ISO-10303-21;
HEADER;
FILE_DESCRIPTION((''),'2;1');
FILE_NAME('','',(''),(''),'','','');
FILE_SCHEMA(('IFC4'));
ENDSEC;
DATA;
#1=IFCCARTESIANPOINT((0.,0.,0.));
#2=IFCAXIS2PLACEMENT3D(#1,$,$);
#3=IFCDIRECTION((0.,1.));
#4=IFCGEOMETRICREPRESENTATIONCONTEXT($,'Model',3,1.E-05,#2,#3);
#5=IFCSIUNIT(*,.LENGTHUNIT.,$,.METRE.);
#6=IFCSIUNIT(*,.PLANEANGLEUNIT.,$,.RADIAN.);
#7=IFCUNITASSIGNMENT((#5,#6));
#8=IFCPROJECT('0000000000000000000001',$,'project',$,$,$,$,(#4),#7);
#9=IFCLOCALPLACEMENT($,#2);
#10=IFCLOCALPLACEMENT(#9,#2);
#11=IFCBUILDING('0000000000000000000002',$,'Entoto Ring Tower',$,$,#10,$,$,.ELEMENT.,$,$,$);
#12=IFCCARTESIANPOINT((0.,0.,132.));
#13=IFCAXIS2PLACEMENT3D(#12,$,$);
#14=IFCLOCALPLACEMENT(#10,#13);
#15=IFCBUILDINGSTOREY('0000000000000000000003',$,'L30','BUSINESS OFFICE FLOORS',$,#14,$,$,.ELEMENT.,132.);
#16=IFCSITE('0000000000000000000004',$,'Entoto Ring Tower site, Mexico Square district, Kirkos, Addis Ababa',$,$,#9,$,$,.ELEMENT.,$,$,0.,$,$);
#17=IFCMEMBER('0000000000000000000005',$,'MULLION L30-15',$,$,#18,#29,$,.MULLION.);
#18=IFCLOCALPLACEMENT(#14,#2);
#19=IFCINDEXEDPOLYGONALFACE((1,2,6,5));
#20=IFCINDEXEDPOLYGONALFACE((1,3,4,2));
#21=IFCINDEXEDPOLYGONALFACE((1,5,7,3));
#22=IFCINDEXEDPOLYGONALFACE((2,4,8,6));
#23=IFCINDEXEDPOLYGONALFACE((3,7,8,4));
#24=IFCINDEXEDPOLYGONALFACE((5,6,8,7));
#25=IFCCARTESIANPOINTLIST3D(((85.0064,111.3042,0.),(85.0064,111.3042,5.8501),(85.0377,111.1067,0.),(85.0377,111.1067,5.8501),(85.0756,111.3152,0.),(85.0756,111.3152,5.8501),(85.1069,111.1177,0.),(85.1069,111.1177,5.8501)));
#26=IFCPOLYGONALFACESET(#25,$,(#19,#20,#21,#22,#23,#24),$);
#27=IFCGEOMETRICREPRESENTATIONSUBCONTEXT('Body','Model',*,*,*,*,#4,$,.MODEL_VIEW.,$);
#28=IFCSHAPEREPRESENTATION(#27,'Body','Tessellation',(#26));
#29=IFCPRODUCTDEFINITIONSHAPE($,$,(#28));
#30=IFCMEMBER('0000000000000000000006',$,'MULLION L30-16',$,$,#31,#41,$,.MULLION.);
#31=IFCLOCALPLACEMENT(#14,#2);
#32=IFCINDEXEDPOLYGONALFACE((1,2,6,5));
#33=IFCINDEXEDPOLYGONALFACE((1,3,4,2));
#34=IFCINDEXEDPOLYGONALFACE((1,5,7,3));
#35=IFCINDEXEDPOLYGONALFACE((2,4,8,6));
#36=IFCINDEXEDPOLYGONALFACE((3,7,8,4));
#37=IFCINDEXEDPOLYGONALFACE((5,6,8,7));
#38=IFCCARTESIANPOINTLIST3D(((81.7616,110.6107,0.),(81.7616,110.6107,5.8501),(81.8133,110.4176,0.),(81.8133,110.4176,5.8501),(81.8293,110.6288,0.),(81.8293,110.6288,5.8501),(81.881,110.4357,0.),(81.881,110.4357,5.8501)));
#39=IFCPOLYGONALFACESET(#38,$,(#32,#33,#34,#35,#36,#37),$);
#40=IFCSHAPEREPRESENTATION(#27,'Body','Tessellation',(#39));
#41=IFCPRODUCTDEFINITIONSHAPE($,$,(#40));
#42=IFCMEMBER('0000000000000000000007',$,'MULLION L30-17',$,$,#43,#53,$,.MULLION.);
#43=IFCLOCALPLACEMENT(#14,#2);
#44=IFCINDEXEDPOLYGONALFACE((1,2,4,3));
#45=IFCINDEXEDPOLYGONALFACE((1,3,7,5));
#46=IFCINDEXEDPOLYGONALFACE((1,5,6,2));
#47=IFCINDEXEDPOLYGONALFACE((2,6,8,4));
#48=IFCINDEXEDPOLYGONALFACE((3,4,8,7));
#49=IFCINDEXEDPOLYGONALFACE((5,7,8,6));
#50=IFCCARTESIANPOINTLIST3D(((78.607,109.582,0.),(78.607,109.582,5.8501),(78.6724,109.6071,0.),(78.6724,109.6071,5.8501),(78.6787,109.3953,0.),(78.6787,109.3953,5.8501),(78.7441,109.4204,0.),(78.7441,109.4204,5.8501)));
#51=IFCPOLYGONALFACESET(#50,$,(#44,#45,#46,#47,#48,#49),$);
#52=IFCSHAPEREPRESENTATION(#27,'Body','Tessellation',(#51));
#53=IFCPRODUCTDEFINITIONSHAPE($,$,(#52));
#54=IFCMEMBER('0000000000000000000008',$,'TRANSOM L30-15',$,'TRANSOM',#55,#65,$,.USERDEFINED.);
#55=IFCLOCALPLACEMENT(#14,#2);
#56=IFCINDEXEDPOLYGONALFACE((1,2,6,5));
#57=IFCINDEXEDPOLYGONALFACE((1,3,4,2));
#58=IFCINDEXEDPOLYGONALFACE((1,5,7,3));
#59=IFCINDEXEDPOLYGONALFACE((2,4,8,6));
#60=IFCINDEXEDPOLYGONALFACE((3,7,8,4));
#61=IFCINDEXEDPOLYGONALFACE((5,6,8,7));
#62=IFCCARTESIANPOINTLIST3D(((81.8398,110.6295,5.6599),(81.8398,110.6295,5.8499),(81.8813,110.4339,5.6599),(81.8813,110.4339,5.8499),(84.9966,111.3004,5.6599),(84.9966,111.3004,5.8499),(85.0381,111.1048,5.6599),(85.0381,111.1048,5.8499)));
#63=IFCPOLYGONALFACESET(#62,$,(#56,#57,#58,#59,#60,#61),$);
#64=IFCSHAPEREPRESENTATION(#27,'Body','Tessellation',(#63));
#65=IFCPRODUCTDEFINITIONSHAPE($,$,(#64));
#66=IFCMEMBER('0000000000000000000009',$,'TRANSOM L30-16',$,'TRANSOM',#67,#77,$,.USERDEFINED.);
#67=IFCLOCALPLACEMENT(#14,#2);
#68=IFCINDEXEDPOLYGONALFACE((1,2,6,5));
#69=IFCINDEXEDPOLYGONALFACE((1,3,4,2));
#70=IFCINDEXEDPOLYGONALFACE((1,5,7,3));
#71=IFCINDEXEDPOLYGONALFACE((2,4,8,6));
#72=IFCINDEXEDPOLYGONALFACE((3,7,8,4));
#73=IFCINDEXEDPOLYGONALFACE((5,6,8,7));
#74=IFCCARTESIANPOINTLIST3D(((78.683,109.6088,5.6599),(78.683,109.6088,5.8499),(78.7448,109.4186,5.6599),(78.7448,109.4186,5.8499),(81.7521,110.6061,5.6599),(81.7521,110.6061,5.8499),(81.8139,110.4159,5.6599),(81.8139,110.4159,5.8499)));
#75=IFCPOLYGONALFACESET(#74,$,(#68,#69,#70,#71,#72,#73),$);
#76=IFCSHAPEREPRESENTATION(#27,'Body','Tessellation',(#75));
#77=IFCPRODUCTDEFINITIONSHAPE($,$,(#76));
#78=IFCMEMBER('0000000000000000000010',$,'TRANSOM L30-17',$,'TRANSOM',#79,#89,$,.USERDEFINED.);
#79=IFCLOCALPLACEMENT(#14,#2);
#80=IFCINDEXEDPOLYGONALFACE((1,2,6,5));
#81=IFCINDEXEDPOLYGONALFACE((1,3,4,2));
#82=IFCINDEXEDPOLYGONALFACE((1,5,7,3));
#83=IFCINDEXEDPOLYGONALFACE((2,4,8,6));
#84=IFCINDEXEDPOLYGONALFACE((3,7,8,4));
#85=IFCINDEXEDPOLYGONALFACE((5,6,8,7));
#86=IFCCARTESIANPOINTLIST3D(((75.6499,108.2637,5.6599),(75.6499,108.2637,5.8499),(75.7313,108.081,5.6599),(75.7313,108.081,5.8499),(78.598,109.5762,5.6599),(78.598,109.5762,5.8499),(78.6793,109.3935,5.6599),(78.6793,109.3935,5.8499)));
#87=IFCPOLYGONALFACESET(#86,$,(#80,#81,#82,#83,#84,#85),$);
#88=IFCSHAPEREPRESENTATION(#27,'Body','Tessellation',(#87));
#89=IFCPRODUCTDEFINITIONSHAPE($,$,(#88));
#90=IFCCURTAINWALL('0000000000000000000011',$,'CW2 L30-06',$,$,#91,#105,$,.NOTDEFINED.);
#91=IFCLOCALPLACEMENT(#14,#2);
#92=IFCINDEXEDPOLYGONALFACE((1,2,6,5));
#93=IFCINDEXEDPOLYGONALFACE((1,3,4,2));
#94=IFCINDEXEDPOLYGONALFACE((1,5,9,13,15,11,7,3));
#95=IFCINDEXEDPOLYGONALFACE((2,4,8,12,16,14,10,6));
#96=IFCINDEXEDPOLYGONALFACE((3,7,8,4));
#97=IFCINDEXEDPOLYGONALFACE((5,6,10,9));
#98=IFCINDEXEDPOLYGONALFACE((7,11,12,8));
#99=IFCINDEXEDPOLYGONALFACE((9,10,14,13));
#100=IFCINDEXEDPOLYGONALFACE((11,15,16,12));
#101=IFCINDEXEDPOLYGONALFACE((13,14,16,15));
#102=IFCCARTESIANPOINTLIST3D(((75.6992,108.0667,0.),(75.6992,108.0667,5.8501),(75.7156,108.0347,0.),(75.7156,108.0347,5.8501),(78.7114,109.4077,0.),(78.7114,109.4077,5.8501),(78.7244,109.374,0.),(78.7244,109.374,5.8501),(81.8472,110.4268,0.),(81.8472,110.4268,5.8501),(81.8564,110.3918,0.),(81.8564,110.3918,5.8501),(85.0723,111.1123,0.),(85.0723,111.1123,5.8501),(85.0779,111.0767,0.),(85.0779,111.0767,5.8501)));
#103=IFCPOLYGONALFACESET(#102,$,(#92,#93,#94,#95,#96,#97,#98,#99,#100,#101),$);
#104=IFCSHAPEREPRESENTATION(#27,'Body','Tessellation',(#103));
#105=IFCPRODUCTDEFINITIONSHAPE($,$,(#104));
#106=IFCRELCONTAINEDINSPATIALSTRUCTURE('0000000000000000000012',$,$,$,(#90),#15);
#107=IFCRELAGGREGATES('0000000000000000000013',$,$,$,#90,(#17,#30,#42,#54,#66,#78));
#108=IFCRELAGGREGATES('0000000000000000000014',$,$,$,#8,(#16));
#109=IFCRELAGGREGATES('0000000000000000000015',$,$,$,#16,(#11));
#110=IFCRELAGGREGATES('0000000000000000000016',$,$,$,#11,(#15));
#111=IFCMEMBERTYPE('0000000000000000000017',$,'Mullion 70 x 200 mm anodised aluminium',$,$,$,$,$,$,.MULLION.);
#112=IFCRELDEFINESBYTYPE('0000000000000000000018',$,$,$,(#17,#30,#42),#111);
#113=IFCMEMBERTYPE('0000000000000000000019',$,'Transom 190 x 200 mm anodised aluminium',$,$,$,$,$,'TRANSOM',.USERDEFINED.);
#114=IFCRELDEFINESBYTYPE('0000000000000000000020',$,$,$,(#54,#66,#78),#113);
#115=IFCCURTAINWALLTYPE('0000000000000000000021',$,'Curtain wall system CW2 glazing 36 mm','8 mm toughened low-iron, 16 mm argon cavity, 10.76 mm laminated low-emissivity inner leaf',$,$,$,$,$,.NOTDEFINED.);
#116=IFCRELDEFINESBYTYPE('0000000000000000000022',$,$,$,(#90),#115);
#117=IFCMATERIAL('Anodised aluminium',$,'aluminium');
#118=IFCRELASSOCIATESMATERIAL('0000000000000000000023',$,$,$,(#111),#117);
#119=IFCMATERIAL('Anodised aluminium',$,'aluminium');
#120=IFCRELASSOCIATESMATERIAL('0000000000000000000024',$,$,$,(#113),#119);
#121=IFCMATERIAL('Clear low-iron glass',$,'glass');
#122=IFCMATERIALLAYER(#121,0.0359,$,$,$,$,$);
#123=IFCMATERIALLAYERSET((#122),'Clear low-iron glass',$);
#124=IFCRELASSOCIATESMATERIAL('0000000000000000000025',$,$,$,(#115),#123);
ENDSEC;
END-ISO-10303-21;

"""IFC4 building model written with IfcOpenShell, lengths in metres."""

from ifc_helpers import new_model, si_unit, direction, frame, origin, origin_2d, place, context, subcontext, project, spatial, polyline, rectangle, outline, extrude, material, layer, layer_set, material_profile, profile_set, type_object, element, aggregate, save


model = new_model("IFC4")

# Units and contexts
model_context = context("Model", 3, precision=1e-05, world=origin(), true_north=direction((0.0, 1.0)))
body_context = subcontext(model_context, "Body", "Model", "MODEL_VIEW")
ifc_project = project(units=[si_unit("LENGTHUNIT", "METRE"), si_unit("PLANEANGLEUNIT", "RADIAN")], contexts=[model_context])

# Members
ifc_material_1 = material(Name="Anodised aluminium", Category="aluminium")
ifc_material_profile_1 = material_profile(ifc_material_1, rectangle(XDim=0.0701, YDim=0.2, at=origin_2d()), Name="Mullion 70 x 200 mm anodised aluminium")
ifc_profile_set_1 = profile_set([ifc_material_profile_1], Name="Anodised aluminium")
member_type_1 = type_object("IfcMemberType", Name="Mullion 70 x 200 mm anodised aluminium", PredefinedType="MULLION", material=ifc_profile_set_1)
site_placement = place(None, origin())
building_placement = place(site_placement, origin())
storey_placement = place(building_placement, frame((0.0, 0.0, 132.0)))
member_1_placement = place(storey_placement, frame((85.0566, 111.2109, 0.0), z_axis=(0.0, 0.0, 1.0), x_axis=(-0.987688, -0.156434, 0.0)))
member_1 = element("IfcMember", 1, at=member_1_placement, type_object=member_type_1, Name="MULLION L30-15", PredefinedType="MULLION", context=body_context, shape_type="SweptSolid", body=[
    extrude(rectangle(XDim=0.0701, YDim=0.2, at=origin_2d()), origin(), (0.0, 0.0, 1.0), 5.8501),
])
member_2_placement = place(storey_placement, frame((81.8213, 110.5232, 0.0), z_axis=(0.0, 0.0, 1.0), x_axis=(-0.965926, -0.258819, 0.0)))
member_2 = element("IfcMember", 2, at=member_2_placement, type_object=member_type_1, Name="MULLION L30-16", PredefinedType="MULLION", context=body_context, shape_type="SweptSolid", body=[
    extrude(rectangle(XDim=0.0701, YDim=0.2, at=origin_2d()), origin(), (0.0, 0.0, 1.0), 5.8501),
])
member_3_placement = place(storey_placement, frame((78.6755, 109.5012, 0.0), z_axis=(0.0, 0.0, 1.0), x_axis=(-0.93358, -0.358368, 0.0)))
member_3 = element("IfcMember", 3, at=member_3_placement, type_object=member_type_1, Name="MULLION L30-17", PredefinedType="MULLION", context=body_context, shape_type="SweptSolid", body=[
    extrude(rectangle(XDim=0.0701, YDim=0.2, at=origin_2d()), origin(), (0.0, 0.0, 1.0), 5.8501),
])
ifc_material_2 = material(Name="Anodised aluminium", Category="aluminium")
ifc_material_profile_2 = material_profile(ifc_material_2, rectangle(XDim=0.2, YDim=0.1899, at=origin_2d()), Name="Transom 190 x 200 mm anodised aluminium")
ifc_profile_set_2 = profile_set([ifc_material_profile_2], Name="Anodised aluminium")
member_type_2 = type_object("IfcMemberType", Name="Transom 190 x 200 mm anodised aluminium", ElementType="TRANSOM", PredefinedType="USERDEFINED", material=ifc_profile_set_2)
member_4_placement = place(storey_placement, frame((85.0173, 111.2026, 5.7549), z_axis=(-0.978153, -0.207886, 0.0), x_axis=(0.207886, -0.978153, 0.0)))
member_4 = element("IfcMember", 4, at=member_4_placement, type_object=member_type_2, Name="TRANSOM L30-15", ObjectType="TRANSOM", PredefinedType="USERDEFINED", context=body_context, shape_type="SweptSolid", body=[
    extrude(rectangle(XDim=0.2, YDim=0.1899, at=origin_2d()), origin(), (0.0, 0.0, 1.0), 3.2273),
])
member_5_placement = place(storey_placement, frame((81.783, 110.511, 5.7549), z_axis=(-0.951047, -0.309047, 0.0), x_axis=(0.309047, -0.951047, 0.0)))
member_5 = element("IfcMember", 5, at=member_5_placement, type_object=member_type_2, Name="TRANSOM L30-16", ObjectType="TRANSOM", PredefinedType="USERDEFINED", context=body_context, shape_type="SweptSolid", body=[
    extrude(rectangle(XDim=0.2, YDim=0.1899, at=origin_2d()), origin(), (0.0, 0.0, 1.0), 3.2271),
])
member_6_placement = place(storey_placement, frame((78.6387, 109.4849, 5.7549), z_axis=(-0.913549, -0.406728, 0.0), x_axis=(0.406728, -0.913549, 0.0)))
member_6 = element("IfcMember", 6, at=member_6_placement, type_object=member_type_2, Name="TRANSOM L30-17", ObjectType="TRANSOM", PredefinedType="USERDEFINED", context=body_context, shape_type="SweptSolid", body=[
    extrude(rectangle(XDim=0.2, YDim=0.1899, at=origin_2d()), origin(), (0.0, 0.0, 1.0), 3.2271),
])

# Site, building, storey
site = spatial("IfcSite", under=ifc_project, at=site_placement, Name="Entoto Ring Tower site, Mexico Square district, Kirkos, Addis Ababa", CompositionType="ELEMENT", RefElevation=0.0)
building = spatial("IfcBuilding", under=site, at=building_placement, Name="Entoto Ring Tower", CompositionType="ELEMENT")
storey = spatial("IfcBuildingStorey", under=building, at=storey_placement, Name="L30", Description="BUSINESS OFFICE FLOORS", CompositionType="ELEMENT", Elevation=132.0)

# Curtain wall
ifc_material_3 = material(Name="Clear low-iron glass", Category="glass")
ifc_layer = layer(ifc_material_3, 0.0359)
ifc_layer_set = layer_set([ifc_layer], Name="Clear low-iron glass")
curtain_wall_type = type_object("IfcCurtainWallType", Name="Curtain wall system CW2 glazing 36 mm", Description="8 mm toughened low-iron, 16 mm argon cavity, 10.76 mm laminated low-emissivity inner leaf", PredefinedType="NOTDEFINED", material=ifc_layer_set)
curtain_wall_1_placement = place(storey_placement, origin())
curtain_wall_1 = element("IfcCurtainWall", 7, at=curtain_wall_1_placement, inside=storey, type_object=curtain_wall_type, Name="CW2 L30-06", PredefinedType="NOTDEFINED", context=body_context, shape_type="SweptSolid", body=[
    extrude(outline(polyline([(85.0723, 111.1123), (81.8472, 110.4268), (78.7114, 109.4077), (75.6992, 108.0667), (75.7156, 108.0347), (78.7244, 109.374), (81.8564, 110.3918), (85.0779, 111.0767), (85.0723, 111.1123)])), origin(), (0.0, 0.0, 1.0), 5.8501),
])
aggregate(curtain_wall_1, [member_1, member_2, member_3, member_4, member_5, member_6])

save(model, "model.ifc")
